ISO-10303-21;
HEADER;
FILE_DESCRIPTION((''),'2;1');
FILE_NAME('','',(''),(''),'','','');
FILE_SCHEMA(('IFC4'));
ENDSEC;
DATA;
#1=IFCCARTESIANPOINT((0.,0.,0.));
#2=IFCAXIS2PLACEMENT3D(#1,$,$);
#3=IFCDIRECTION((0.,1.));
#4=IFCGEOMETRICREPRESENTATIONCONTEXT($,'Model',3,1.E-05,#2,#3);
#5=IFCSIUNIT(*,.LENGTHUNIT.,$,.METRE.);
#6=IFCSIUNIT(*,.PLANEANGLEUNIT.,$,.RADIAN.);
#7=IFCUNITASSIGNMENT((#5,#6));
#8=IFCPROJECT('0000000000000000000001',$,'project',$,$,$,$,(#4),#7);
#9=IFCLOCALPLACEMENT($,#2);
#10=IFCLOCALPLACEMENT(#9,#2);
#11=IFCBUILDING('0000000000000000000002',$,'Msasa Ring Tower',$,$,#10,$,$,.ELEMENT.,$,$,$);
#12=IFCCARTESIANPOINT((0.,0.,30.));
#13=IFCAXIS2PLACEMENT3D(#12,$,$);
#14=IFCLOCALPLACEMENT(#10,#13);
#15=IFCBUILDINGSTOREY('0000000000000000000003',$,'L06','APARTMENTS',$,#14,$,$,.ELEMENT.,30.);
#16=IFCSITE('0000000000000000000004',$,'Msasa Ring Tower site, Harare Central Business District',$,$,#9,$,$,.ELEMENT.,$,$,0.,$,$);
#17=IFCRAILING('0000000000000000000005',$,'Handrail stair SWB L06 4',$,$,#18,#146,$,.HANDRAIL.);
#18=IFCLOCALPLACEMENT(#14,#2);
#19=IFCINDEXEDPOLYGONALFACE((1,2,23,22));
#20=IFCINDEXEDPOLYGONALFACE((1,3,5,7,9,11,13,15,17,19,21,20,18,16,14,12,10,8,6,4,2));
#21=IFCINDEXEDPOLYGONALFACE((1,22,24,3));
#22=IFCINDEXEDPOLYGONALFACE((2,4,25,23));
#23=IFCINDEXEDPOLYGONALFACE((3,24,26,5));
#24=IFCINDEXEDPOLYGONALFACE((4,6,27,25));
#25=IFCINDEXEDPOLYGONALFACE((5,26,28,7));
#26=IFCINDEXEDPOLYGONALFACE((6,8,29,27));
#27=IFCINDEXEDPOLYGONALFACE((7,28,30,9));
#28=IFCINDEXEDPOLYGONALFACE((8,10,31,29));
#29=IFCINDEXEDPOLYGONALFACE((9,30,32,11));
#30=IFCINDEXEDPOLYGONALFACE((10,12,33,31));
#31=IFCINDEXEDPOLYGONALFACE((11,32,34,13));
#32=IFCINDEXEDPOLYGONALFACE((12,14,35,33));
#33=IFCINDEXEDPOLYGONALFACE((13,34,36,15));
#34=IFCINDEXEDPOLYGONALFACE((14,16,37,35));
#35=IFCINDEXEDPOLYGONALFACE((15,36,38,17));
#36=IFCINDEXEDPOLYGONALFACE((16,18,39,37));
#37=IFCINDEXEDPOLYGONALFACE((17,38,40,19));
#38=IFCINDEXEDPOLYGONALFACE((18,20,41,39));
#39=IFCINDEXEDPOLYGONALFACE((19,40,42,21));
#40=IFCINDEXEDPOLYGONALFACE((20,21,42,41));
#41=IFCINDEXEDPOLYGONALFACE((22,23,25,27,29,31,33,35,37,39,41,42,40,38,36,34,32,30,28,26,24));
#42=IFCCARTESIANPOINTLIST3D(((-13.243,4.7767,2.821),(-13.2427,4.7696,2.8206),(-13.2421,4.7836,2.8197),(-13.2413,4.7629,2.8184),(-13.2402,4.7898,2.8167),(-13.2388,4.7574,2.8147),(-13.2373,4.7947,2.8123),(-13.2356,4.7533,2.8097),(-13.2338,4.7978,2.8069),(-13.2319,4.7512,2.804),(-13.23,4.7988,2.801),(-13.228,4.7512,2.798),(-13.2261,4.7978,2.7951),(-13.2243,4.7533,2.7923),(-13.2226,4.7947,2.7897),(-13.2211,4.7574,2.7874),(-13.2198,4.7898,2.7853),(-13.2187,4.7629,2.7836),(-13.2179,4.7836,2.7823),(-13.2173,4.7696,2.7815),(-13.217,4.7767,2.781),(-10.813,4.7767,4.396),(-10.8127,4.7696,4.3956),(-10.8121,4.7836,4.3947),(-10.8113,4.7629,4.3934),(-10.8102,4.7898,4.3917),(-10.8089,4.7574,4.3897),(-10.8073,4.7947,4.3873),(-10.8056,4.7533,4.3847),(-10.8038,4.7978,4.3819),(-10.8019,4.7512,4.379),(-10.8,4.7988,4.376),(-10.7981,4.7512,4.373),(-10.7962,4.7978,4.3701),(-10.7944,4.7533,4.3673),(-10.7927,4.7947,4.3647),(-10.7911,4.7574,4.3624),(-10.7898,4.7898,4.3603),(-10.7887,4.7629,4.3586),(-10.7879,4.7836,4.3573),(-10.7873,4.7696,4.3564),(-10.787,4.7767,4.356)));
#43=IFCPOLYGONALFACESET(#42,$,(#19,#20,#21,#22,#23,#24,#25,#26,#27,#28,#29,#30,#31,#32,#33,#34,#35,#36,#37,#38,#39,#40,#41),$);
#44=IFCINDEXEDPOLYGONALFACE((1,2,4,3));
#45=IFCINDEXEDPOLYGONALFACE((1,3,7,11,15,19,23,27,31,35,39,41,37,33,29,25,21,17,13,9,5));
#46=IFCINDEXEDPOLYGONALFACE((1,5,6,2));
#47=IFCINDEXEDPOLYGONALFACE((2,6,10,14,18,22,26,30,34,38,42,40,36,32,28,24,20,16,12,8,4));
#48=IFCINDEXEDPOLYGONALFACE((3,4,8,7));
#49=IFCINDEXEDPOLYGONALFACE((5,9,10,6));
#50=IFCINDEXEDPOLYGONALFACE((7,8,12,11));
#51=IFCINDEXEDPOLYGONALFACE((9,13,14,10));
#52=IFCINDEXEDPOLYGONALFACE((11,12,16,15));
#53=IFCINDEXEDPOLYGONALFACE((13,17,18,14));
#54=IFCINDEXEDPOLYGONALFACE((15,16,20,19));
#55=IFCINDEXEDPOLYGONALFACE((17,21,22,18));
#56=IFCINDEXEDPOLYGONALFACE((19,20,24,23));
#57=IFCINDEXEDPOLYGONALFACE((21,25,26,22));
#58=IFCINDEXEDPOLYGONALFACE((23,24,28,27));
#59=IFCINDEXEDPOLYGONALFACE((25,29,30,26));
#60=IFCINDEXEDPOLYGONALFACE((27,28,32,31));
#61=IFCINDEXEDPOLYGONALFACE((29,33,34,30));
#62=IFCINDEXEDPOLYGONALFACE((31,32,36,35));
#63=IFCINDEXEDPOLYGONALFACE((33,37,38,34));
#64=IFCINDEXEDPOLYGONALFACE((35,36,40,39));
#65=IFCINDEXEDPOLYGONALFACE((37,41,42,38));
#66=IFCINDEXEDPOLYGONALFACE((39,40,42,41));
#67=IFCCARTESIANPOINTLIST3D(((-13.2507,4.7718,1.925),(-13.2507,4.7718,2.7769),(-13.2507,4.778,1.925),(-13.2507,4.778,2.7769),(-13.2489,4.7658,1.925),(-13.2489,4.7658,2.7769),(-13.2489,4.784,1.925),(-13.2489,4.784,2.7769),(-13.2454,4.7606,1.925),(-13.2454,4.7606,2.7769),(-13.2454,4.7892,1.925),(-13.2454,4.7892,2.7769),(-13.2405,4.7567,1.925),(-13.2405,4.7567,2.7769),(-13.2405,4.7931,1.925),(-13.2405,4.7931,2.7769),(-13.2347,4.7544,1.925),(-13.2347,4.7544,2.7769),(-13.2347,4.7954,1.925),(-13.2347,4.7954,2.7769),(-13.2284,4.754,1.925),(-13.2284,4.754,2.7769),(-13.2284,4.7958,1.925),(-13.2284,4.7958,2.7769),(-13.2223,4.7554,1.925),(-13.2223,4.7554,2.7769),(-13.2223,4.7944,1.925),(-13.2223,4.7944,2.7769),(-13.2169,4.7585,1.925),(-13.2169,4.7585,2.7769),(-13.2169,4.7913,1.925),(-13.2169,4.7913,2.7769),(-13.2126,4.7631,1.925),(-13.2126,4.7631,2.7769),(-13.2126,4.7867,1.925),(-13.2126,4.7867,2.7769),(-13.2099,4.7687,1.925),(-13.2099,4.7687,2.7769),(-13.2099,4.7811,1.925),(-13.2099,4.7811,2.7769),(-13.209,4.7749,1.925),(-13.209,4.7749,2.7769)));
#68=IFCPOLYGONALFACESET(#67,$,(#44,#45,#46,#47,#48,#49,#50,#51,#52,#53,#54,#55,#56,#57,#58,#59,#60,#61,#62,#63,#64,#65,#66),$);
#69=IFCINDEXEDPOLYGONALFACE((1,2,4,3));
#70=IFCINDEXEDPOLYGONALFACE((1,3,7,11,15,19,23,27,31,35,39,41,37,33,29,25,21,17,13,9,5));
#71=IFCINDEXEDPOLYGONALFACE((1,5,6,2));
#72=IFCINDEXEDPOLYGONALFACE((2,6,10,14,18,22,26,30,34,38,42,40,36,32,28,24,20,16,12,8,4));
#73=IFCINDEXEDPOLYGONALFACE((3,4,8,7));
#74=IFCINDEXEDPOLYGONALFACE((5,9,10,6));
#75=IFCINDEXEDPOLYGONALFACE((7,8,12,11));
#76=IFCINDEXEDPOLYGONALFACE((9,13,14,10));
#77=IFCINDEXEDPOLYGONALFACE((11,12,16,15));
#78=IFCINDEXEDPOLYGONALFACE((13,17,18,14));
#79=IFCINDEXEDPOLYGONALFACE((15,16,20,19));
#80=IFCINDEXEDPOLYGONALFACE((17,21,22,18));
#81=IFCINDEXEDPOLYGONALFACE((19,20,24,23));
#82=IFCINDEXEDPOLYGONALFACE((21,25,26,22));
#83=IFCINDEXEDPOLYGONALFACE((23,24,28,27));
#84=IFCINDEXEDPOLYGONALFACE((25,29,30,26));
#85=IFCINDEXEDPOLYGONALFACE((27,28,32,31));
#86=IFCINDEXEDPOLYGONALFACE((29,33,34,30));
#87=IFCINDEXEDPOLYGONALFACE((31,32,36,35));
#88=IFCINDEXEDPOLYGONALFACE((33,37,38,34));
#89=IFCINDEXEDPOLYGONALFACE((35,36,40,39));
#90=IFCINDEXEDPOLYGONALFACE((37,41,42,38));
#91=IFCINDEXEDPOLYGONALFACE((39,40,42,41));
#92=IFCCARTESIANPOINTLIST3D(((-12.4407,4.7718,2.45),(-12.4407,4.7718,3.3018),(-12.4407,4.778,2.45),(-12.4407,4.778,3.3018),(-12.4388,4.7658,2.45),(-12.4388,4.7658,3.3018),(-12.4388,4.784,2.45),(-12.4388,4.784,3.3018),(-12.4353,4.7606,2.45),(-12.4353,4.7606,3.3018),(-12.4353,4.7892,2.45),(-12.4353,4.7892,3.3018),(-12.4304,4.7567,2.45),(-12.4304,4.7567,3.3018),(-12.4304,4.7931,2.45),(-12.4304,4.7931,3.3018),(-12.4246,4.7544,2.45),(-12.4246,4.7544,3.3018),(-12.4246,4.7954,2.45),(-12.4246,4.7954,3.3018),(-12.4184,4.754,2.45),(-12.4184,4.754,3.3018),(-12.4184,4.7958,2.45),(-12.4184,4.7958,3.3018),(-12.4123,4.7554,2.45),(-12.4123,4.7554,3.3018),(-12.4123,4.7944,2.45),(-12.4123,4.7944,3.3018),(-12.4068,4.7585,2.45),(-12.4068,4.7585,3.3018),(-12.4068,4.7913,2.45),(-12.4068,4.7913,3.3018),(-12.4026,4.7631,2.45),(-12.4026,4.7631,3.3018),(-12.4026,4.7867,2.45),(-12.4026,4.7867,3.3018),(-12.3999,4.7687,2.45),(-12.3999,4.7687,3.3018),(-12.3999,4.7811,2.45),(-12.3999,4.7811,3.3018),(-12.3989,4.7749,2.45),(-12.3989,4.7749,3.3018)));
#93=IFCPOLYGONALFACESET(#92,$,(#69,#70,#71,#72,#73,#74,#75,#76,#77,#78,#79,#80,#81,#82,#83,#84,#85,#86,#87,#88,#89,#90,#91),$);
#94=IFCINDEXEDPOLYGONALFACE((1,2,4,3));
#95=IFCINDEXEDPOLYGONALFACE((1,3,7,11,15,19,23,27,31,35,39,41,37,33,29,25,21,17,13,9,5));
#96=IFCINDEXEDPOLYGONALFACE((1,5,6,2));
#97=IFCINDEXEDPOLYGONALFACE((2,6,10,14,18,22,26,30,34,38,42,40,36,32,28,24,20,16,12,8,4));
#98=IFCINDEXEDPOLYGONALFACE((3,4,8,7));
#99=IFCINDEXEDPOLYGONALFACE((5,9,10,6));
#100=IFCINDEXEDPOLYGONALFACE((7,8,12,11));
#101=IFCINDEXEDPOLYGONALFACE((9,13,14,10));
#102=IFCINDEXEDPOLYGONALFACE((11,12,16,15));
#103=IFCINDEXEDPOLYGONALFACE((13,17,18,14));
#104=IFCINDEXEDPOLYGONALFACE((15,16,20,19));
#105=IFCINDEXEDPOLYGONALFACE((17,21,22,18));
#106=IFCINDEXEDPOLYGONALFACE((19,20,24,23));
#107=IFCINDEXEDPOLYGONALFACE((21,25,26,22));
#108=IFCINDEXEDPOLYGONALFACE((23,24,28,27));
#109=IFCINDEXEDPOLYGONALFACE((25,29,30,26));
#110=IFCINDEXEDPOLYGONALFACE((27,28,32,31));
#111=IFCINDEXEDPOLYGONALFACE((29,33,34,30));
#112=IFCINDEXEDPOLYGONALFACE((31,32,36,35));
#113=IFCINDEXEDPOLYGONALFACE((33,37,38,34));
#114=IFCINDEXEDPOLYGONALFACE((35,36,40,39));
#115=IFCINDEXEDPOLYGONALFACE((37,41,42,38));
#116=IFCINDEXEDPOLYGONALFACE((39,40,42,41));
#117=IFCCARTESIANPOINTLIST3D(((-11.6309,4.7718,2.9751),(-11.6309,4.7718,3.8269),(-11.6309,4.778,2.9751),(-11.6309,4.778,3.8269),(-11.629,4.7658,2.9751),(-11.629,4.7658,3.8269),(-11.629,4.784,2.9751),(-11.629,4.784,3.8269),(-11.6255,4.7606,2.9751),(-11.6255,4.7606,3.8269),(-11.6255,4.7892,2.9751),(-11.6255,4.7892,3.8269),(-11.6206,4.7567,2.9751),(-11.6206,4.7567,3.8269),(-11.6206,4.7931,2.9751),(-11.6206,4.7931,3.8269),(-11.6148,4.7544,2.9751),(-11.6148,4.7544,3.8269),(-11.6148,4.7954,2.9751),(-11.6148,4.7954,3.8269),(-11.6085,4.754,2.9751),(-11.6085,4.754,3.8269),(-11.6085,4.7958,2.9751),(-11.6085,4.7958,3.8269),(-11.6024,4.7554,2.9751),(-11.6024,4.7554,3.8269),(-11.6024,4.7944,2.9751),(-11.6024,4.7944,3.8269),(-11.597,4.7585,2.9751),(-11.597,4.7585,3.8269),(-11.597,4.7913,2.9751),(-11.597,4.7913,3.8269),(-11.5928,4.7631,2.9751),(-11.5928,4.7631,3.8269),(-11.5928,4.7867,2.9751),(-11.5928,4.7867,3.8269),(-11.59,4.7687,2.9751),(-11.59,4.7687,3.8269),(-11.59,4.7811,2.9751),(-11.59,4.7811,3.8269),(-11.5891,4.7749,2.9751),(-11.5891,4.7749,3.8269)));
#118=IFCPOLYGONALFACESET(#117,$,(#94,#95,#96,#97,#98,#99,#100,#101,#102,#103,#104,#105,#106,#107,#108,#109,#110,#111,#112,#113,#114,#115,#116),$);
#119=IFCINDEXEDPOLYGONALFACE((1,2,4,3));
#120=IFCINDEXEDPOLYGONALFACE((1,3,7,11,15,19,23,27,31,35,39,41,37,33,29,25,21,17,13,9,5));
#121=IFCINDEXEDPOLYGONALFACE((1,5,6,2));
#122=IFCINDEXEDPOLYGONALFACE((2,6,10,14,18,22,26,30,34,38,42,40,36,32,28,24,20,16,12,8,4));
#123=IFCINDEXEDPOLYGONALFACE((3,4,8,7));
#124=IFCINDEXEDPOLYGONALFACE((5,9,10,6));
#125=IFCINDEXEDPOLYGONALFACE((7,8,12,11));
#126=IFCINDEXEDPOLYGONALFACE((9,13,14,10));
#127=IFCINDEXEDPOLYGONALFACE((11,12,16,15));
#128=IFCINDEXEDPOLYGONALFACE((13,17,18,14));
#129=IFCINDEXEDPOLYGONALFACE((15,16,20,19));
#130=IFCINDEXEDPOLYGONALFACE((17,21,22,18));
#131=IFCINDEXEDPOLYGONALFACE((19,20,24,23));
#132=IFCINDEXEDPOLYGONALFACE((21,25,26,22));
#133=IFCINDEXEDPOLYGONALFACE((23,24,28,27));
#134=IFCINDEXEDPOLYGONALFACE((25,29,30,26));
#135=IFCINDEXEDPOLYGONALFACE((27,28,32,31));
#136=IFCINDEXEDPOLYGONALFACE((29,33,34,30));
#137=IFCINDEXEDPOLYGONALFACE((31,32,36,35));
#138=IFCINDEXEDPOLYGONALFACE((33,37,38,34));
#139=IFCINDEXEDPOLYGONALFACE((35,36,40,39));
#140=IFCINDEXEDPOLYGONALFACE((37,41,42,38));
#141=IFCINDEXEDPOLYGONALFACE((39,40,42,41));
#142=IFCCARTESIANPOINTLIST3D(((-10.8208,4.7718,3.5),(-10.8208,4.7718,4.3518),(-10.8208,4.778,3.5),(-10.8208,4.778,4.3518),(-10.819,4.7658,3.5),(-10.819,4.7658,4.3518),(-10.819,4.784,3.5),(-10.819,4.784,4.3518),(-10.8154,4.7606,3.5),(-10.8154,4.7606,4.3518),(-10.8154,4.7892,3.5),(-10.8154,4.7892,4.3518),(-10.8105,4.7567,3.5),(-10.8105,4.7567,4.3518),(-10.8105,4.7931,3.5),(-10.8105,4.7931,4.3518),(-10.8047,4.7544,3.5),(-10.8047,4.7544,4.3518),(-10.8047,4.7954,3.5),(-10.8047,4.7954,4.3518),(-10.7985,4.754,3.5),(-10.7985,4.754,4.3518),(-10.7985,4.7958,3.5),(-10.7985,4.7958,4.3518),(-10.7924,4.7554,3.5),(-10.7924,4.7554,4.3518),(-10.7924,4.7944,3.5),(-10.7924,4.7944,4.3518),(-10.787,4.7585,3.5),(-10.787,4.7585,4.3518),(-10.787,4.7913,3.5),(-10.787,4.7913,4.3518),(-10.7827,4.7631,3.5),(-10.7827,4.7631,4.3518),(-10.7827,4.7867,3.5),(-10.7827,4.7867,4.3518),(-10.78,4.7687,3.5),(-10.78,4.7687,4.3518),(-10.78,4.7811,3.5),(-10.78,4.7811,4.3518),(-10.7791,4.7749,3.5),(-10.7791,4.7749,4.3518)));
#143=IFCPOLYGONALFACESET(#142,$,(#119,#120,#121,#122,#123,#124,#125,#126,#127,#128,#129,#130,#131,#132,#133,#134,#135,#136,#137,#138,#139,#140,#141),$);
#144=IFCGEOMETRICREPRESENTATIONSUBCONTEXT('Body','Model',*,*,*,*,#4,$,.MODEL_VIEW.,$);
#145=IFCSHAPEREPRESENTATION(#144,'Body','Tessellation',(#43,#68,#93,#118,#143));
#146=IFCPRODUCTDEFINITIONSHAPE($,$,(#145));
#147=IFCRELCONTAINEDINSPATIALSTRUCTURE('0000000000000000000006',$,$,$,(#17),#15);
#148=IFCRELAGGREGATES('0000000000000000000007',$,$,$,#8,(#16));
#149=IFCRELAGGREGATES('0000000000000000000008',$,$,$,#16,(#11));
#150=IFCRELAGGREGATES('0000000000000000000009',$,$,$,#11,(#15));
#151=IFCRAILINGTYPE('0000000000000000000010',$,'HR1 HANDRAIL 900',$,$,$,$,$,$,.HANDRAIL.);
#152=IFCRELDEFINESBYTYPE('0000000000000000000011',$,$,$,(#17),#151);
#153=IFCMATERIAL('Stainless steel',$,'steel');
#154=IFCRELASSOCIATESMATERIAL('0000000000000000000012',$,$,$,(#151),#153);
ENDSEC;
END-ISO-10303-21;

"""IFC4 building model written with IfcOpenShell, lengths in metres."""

from ifc_helpers import new_model, si_unit, direction, frame, origin, origin_2d, place, context, subcontext, project, spatial, circle, extrude, material, type_object, element, save


model = new_model("IFC4")

# Units and contexts
model_context = context("Model", 3, precision=1e-05, world=origin(), true_north=direction((0.0, 1.0)))
body_context = subcontext(model_context, "Body", "Model", "MODEL_VIEW")
ifc_project = project(units=[si_unit("LENGTHUNIT", "METRE"), si_unit("PLANEANGLEUNIT", "RADIAN")], contexts=[model_context])

# Site, building, storey
site_placement = place(None, origin())
site = spatial("IfcSite", under=ifc_project, at=site_placement, Name="Msasa Ring Tower site, Harare Central Business District", CompositionType="ELEMENT", RefElevation=0.0)
building_placement = place(site_placement, origin())
building = spatial("IfcBuilding", under=site, at=building_placement, Name="Msasa Ring Tower", CompositionType="ELEMENT")
storey_placement = place(building_placement, frame((0.0, 0.0, 30.0)))
storey = spatial("IfcBuildingStorey", under=building, at=storey_placement, Name="L06", Description="APARTMENTS", CompositionType="ELEMENT", Elevation=30.0)

# Railing
ifc_material_1 = material(Name="Stainless steel", Category="steel")
railing_type = type_object("IfcRailingType", Name="HR1 HANDRAIL 900", PredefinedType="HANDRAIL", material=ifc_material_1)
for number, where, name in (
    (1, (-13.23, 4.7749, 1.925), "Handrail stair SWB L06 4"),
):
    element("IfcRailing", number, at=place(storey_placement, frame(where)), inside=storey, type_object=railing_type, Name=name, PredefinedType="HANDRAIL", context=body_context, shape_type="SweptSolid", body=[
        extrude(circle(Radius=0.0239, at=origin_2d()), frame((0.0, 0.0, 0.876), z_axis=(0.839154, 0.0, 0.543894), x_axis=(0.0, 1.0, 0.0)), (0.0, 0.0, 1.0), 2.8958),
        extrude(circle(Radius=0.021, at=origin_2d()), origin(), (0.0, 0.0, 1.0), 0.8518),
        extrude(circle(Radius=0.021, at=origin_2d()), frame((0.8101, 0.0, 0.5249)), (0.0, 0.0, 1.0), 0.8518),
        extrude(circle(Radius=0.021, at=origin_2d()), frame((1.6199, 0.0, 1.05)), (0.0, 0.0, 1.0), 0.8518),
        extrude(circle(Radius=0.021, at=origin_2d()), frame((2.4299, 0.0, 1.575)), (0.0, 0.0, 1.0), 0.8518),
    ])

save(model, "model.ifc")
